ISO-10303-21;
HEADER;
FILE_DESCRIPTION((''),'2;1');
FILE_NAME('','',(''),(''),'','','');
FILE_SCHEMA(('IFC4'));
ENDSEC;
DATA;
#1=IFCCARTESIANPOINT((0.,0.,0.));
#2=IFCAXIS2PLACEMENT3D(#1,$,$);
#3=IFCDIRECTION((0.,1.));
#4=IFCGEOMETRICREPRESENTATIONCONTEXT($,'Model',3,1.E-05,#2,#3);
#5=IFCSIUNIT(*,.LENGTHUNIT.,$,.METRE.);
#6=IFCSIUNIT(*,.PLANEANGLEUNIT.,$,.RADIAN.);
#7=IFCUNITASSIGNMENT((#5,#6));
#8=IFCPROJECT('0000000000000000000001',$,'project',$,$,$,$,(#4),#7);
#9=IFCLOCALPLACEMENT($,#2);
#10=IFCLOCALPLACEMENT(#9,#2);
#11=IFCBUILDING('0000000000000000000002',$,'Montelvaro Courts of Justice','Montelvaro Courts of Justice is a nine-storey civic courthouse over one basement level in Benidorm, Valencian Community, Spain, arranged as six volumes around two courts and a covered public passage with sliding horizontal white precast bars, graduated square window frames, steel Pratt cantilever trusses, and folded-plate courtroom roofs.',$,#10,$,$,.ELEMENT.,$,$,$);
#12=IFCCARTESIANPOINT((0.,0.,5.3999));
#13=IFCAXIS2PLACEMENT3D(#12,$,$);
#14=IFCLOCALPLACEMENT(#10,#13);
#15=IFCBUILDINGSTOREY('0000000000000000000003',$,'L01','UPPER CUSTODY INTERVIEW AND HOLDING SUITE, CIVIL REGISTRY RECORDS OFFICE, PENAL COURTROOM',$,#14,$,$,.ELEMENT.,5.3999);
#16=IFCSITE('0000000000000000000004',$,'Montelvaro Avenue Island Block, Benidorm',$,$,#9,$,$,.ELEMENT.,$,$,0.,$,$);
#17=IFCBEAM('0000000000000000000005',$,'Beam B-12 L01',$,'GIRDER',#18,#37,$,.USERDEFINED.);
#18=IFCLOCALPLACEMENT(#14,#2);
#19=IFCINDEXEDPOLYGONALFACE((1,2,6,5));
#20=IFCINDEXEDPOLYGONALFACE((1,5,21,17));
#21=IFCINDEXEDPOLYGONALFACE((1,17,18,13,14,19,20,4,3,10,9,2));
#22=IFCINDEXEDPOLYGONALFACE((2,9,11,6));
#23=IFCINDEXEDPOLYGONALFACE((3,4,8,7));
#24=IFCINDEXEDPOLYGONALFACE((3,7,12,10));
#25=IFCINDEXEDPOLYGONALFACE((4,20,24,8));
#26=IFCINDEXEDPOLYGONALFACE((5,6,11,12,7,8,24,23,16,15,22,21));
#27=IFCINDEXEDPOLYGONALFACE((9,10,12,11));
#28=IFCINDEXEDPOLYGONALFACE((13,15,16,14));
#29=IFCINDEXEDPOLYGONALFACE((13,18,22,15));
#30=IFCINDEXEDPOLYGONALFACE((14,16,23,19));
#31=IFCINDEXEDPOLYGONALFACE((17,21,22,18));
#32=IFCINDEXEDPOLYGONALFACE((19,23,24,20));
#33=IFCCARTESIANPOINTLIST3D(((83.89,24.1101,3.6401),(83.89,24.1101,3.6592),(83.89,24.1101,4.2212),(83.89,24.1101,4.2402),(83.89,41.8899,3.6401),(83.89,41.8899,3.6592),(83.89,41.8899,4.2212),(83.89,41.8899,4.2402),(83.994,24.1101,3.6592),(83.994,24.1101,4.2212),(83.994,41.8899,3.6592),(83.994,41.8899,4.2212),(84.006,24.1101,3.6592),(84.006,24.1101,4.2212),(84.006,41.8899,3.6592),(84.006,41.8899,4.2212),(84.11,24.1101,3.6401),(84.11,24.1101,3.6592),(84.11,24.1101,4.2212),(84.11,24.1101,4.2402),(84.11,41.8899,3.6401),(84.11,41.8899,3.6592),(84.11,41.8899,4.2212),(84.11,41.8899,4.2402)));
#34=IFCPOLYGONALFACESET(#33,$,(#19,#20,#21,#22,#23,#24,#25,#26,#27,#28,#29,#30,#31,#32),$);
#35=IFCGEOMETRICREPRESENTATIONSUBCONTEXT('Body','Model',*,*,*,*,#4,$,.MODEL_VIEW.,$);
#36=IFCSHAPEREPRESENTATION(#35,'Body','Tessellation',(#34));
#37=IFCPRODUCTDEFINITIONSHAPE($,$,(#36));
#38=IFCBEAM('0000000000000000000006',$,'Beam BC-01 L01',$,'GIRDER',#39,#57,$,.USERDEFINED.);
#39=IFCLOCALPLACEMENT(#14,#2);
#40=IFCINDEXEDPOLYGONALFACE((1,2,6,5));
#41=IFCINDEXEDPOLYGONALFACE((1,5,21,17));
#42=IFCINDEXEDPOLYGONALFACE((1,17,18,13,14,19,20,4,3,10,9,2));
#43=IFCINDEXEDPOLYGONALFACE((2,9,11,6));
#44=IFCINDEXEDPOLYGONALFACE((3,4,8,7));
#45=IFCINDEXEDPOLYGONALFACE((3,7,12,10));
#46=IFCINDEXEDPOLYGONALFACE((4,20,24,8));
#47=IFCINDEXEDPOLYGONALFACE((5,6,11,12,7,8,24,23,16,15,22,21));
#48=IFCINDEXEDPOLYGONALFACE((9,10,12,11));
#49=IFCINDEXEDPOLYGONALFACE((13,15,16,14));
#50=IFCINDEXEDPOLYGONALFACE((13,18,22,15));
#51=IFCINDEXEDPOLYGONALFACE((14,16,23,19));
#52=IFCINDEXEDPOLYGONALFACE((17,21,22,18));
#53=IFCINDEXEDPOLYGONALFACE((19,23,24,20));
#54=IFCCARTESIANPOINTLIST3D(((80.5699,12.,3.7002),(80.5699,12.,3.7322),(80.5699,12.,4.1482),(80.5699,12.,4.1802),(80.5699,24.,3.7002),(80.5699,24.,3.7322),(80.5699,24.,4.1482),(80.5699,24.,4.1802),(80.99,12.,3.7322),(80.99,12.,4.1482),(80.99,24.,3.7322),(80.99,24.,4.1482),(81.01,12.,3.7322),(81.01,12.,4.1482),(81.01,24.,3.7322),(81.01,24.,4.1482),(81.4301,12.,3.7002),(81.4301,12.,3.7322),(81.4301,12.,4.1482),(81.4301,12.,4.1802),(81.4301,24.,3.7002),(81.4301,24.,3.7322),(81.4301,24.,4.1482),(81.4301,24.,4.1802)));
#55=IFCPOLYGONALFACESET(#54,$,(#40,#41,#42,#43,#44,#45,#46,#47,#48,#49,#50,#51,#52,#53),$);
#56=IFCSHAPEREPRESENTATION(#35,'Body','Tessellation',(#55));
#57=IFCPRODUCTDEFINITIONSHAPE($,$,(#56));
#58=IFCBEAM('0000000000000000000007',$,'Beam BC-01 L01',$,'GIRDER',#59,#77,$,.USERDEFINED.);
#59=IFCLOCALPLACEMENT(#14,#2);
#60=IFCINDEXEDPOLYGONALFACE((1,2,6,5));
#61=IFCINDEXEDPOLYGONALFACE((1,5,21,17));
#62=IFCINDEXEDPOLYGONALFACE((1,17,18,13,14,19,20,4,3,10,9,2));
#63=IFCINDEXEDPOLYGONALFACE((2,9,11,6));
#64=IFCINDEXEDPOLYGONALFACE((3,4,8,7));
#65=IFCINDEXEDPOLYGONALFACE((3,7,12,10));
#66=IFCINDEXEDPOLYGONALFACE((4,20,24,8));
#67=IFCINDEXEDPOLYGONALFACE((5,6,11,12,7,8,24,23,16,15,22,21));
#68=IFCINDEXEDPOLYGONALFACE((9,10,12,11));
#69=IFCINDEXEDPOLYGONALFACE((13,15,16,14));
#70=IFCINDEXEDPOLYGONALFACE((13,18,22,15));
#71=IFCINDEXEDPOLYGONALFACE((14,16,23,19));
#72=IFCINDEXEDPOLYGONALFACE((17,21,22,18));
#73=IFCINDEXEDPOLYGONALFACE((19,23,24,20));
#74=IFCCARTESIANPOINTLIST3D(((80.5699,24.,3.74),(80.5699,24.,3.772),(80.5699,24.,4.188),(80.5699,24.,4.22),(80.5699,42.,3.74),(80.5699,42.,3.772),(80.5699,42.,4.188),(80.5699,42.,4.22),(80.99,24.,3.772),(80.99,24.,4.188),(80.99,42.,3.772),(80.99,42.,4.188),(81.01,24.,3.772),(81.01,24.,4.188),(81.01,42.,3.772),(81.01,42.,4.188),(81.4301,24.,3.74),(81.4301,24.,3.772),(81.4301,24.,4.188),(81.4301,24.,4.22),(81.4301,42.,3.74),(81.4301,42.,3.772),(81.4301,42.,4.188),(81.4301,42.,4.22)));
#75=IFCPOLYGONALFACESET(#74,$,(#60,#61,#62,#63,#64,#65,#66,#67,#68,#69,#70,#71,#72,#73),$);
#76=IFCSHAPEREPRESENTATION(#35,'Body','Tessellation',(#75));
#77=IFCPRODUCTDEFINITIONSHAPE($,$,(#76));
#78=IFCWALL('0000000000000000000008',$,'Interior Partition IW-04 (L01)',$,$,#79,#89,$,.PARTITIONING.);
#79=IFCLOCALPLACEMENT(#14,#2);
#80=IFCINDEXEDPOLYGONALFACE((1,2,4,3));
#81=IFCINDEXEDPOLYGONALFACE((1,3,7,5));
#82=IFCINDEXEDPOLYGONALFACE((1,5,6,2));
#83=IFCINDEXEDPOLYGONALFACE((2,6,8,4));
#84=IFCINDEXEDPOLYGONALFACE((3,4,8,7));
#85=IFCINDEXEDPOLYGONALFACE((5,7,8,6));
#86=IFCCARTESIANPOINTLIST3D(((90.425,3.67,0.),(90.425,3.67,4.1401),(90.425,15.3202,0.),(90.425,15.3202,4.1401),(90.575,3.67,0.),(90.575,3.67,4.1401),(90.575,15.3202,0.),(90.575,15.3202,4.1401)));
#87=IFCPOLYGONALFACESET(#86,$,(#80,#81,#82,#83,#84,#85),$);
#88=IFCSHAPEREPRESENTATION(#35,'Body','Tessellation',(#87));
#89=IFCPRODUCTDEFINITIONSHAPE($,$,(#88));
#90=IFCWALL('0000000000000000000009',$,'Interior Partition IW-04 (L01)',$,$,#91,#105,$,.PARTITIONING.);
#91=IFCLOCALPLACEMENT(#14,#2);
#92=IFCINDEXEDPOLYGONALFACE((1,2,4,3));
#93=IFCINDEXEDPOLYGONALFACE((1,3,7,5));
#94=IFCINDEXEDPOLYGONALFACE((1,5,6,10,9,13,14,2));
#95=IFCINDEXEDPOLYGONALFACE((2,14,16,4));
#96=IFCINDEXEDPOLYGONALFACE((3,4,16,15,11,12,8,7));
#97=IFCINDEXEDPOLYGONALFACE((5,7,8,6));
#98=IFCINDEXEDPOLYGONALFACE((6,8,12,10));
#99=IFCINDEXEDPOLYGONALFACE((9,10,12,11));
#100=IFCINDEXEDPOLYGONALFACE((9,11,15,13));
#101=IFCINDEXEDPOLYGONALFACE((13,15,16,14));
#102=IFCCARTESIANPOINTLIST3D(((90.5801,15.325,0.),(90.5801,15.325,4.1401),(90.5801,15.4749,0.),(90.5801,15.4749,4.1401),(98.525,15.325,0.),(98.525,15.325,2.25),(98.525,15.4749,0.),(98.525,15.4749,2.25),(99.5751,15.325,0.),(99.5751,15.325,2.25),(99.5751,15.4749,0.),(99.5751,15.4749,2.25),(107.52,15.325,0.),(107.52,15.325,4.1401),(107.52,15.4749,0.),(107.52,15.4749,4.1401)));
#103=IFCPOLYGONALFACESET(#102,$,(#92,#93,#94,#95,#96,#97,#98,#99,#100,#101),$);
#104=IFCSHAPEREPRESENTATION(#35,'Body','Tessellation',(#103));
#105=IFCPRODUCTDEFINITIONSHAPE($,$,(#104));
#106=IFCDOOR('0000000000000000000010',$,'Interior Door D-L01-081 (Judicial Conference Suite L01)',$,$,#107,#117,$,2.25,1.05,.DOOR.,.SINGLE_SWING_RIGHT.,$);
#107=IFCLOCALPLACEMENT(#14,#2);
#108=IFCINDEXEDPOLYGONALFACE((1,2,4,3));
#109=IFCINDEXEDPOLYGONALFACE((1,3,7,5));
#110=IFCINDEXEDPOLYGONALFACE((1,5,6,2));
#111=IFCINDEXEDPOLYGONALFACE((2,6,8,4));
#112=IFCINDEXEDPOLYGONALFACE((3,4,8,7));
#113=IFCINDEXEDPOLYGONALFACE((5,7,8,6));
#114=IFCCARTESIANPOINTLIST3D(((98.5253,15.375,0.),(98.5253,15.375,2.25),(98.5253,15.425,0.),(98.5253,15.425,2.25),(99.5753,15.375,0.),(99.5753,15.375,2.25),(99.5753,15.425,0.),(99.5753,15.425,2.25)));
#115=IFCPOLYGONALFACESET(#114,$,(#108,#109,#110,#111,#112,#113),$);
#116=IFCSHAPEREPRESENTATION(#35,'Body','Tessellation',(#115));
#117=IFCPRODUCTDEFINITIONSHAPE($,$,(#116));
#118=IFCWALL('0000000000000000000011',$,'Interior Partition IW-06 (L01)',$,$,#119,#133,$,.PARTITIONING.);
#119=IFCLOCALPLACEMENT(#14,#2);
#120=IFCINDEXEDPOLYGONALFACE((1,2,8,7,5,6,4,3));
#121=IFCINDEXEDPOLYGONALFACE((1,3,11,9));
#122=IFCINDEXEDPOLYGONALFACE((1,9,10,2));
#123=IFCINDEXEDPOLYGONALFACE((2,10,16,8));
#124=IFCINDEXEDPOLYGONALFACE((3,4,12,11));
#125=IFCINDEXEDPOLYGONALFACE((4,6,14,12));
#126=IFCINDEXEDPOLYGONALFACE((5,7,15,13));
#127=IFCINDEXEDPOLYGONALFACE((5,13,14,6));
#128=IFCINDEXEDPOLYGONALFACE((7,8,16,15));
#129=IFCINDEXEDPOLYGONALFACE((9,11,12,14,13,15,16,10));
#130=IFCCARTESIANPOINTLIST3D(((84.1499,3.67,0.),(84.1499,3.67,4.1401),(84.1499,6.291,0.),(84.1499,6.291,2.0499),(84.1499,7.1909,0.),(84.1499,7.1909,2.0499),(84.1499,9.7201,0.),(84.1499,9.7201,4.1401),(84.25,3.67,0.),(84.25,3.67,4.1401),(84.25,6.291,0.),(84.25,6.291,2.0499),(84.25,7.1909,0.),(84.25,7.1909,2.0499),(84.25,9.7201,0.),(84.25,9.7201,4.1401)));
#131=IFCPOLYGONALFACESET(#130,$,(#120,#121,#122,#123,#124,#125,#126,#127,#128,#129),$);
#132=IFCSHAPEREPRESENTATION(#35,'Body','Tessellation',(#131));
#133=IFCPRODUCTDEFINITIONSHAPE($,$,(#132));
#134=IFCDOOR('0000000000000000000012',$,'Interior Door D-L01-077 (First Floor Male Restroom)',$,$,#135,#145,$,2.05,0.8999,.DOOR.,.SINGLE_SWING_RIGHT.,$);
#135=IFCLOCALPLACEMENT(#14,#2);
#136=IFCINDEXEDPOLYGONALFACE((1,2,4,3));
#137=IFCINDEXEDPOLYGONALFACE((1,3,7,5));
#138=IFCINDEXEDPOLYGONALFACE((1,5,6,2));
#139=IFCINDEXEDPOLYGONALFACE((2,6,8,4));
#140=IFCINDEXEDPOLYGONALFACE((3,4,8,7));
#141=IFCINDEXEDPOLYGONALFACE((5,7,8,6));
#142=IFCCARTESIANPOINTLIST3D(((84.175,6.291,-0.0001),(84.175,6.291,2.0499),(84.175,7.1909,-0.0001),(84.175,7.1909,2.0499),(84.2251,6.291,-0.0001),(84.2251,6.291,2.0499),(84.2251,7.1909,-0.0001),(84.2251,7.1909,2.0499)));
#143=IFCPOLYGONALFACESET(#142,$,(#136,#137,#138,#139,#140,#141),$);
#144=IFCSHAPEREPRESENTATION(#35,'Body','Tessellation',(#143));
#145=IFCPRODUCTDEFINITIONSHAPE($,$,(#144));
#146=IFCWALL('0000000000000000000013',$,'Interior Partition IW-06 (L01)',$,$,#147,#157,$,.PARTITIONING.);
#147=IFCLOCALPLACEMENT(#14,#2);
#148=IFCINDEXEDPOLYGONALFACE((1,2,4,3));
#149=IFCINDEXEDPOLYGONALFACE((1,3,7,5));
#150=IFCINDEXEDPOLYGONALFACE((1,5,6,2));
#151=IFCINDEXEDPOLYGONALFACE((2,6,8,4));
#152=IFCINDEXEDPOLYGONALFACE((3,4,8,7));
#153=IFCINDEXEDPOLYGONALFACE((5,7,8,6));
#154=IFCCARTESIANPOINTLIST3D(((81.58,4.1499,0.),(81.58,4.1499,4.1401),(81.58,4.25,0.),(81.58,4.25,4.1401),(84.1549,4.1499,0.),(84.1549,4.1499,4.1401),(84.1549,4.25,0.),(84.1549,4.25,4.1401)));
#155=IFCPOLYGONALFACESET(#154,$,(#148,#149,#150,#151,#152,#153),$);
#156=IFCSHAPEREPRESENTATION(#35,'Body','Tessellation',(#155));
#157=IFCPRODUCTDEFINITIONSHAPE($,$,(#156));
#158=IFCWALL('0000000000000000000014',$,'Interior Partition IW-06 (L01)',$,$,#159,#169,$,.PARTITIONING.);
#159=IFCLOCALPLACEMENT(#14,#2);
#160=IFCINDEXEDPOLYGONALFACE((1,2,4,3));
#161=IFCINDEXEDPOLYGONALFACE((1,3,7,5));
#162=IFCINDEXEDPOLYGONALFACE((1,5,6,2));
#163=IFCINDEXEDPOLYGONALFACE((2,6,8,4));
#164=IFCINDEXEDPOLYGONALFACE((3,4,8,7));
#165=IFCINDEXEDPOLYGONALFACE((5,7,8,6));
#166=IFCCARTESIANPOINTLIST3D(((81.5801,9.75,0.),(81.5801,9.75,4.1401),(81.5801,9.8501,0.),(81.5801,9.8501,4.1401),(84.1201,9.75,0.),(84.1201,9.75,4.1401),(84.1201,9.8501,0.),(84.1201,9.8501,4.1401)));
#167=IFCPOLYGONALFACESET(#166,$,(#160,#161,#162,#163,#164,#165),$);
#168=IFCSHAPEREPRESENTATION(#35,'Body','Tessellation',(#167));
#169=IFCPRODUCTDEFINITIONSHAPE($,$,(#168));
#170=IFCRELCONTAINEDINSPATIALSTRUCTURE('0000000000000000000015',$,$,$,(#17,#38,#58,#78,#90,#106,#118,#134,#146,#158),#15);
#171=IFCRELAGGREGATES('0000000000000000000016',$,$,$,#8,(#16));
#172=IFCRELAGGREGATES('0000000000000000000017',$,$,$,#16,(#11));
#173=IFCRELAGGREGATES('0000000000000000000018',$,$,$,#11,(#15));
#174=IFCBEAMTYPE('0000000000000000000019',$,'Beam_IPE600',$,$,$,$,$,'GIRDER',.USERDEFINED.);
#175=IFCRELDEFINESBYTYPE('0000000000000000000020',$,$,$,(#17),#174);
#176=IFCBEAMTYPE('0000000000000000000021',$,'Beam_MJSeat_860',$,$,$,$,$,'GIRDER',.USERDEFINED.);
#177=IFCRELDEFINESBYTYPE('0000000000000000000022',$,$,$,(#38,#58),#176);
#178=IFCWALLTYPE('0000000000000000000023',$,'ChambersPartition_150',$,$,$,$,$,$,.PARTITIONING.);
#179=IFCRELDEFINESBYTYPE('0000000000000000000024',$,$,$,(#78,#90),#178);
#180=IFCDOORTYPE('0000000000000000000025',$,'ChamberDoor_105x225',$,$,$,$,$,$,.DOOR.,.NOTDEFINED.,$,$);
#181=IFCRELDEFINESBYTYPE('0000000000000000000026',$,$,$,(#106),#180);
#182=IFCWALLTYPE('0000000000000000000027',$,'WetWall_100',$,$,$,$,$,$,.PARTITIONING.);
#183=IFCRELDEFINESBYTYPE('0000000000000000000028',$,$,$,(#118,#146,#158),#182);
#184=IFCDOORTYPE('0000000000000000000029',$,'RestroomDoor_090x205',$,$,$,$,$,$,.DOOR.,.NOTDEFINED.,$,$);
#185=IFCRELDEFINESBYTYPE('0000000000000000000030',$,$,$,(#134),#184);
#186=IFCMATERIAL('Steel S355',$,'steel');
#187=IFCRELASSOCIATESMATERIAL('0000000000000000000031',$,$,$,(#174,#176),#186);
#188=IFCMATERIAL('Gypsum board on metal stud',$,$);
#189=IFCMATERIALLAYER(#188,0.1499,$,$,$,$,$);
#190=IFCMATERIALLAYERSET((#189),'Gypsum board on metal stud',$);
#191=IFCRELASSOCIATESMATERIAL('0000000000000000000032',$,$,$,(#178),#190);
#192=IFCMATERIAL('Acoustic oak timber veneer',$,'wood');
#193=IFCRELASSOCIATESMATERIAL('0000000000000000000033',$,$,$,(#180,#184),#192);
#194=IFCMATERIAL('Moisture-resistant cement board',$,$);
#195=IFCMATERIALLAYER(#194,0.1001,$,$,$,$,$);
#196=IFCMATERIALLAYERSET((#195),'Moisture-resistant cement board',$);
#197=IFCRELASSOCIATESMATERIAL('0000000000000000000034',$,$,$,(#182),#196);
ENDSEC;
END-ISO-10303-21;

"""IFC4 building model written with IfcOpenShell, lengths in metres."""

from ifc_helpers import new_model, si_unit, direction, frame, frame_2d, origin, origin_2d, place, context, subcontext, project, spatial, rectangle, i_section, extrude, material, layer, layer_set, material_profile, profile_set, type_object, element, fill, save


model = new_model("IFC4")

# Units and contexts
model_context = context("Model", 3, precision=1e-05, world=origin(), true_north=direction((0.0, 1.0)))
body_context = subcontext(model_context, "Body", "Model", "MODEL_VIEW")
ifc_project = project(units=[si_unit("LENGTHUNIT", "METRE"), si_unit("PLANEANGLEUNIT", "RADIAN")], contexts=[model_context])

# Site, building, storey
site_placement = place(None, origin())
site = spatial("IfcSite", under=ifc_project, at=site_placement, Name="Montelvaro Avenue Island Block, Benidorm", CompositionType="ELEMENT", RefElevation=0.0)
building_placement = place(site_placement, origin())
building = spatial("IfcBuilding", under=site, at=building_placement, Name="Montelvaro Courts of Justice", Description="Montelvaro Courts of Justice is a nine-storey civic courthouse over one basement level in Benidorm, Valencian Community, Spain, arranged as six volumes around two courts and a covered public passage with sliding horizontal white precast bars, graduated square window frames, steel Pratt cantilever trusses, and folded-plate courtroom roofs.", CompositionType="ELEMENT")
storey_placement = place(building_placement, frame((0.0, 0.0, 5.3999)))
storey = spatial("IfcBuildingStorey", under=building, at=storey_placement, Name="L01", Description="UPPER CUSTODY INTERVIEW AND HOLDING SUITE, CIVIL REGISTRY RECORDS OFFICE, PENAL COURTROOM", CompositionType="ELEMENT", Elevation=5.3999)

# Shared definitions
ifc_material_1 = material(Name="Steel S355", Category="steel")

# Beams
ifc_material_profile_1 = material_profile(ifc_material_1, i_section(OverallWidth=0.22, OverallDepth=0.6001, WebThickness=0.012, FlangeThickness=0.019, at=origin_2d()), Name="IPE 600")
ifc_profile_set_1 = profile_set([ifc_material_profile_1], Name="Steel S355")
beam_type_1 = type_object("IfcBeamType", Name="Beam_IPE600", ElementType="GIRDER", PredefinedType="USERDEFINED", material=ifc_profile_set_1)
beam_1_placement = place(storey_placement, frame((84.0, 24.1101, 3.9402), z_axis=(0.0, 1.0, 0.0), x_axis=(-1.0, 0.0, 0.0)))
element("IfcBeam", 1, at=beam_1_placement, inside=storey, type_object=beam_type_1, Name="Beam B-12 L01", ObjectType="GIRDER", PredefinedType="USERDEFINED", context=body_context, shape_type="SweptSolid", body=[
    extrude(i_section(OverallWidth=0.22, OverallDepth=0.6001, WebThickness=0.012, FlangeThickness=0.019, at=origin_2d()), origin(), (0.0, 0.0, 1.0), 17.7798),
])
ifc_material_profile_2 = material_profile(ifc_material_1, i_section(OverallWidth=0.8601, OverallDepth=0.48, WebThickness=0.02, FlangeThickness=0.032, at=origin_2d()), Name="HL 480x860")
ifc_profile_set_2 = profile_set([ifc_material_profile_2], Name="Steel S355")
beam_type_2 = type_object("IfcBeamType", Name="Beam_MJSeat_860", ElementType="GIRDER", PredefinedType="USERDEFINED", material=ifc_profile_set_2)
beam_2_placement = place(storey_placement, frame((81.0, 12.0, 3.9402), z_axis=(0.0, 1.0, 0.0), x_axis=(-1.0, 0.0, 0.0)))
element("IfcBeam", 2, at=beam_2_placement, inside=storey, type_object=beam_type_2, Name="Beam BC-01 L01", ObjectType="GIRDER", PredefinedType="USERDEFINED", context=body_context, shape_type="SweptSolid", body=[
    extrude(i_section(OverallWidth=0.8601, OverallDepth=0.48, WebThickness=0.02, FlangeThickness=0.032, at=origin_2d()), origin(), (0.0, 0.0, 1.0), 12.0),
])
beam_3_placement = place(storey_placement, frame((81.0, 24.0, 3.98), z_axis=(0.0, 1.0, 0.0), x_axis=(-1.0, 0.0, 0.0)))
element("IfcBeam", 3, at=beam_3_placement, inside=storey, type_object=beam_type_2, Name="Beam BC-01 L01", ObjectType="GIRDER", PredefinedType="USERDEFINED", context=body_context, shape_type="SweptSolid", body=[
    extrude(i_section(OverallWidth=0.8601, OverallDepth=0.48, WebThickness=0.02, FlangeThickness=0.032, at=origin_2d()), origin(), (0.0, 0.0, 1.0), 18.0),
])

# Wall
ifc_material_2 = material(Name="Gypsum board on metal stud")
ifc_layer_1 = layer(ifc_material_2, 0.1499)
ifc_layer_set_1 = layer_set([ifc_layer_1], Name="Gypsum board on metal stud")
wall_type_1 = type_object("IfcWallType", Name="ChambersPartition_150", PredefinedType="PARTITIONING", material=ifc_layer_set_1)
wall_1_placement = place(storey_placement, frame((90.5, 3.6699, 0.0), z_axis=(0.0, 0.0, 1.0), x_axis=(0.0, 1.0, 0.0)))
element("IfcWall", 4, at=wall_1_placement, inside=storey, type_object=wall_type_1, Name="Interior Partition IW-04 (L01)", PredefinedType="PARTITIONING", context=body_context, shape_type="SweptSolid", body=[
    extrude(rectangle(XDim=11.6501, YDim=0.1499, at=frame_2d((5.8252, 0.0))), origin(), (0.0, 0.0, 1.0), 4.1401),
])

# Walls, openings, doors
wall_2_placement = place(storey_placement, frame((90.5801, 15.3999, 0.0), z_axis=(0.0, 0.0, 1.0), x_axis=(1.0, 0.0, 0.0)))
wall_2 = element("IfcWall", 5, at=wall_2_placement, inside=storey, type_object=wall_type_1, Name="Interior Partition IW-04 (L01)", PredefinedType="PARTITIONING", context=body_context, shape_type="SweptSolid", body=[
    extrude(rectangle(XDim=16.9399, YDim=0.1499, at=frame_2d((8.47, 0.0))), origin(), (0.0, 0.0, 1.0), 4.1401),
])
opening_1_placement = place(wall_2_placement, frame((7.9451, 0.0, 0.0)))
opening_1 = element("IfcOpeningElement", 6, at=opening_1_placement, cuts=wall_2, PredefinedType="OPENING", context=body_context, shape_type="SweptSolid", body=[
    extrude(rectangle(XDim=1.05, YDim=2.25, at=frame_2d((0.5249, 1.125))), frame((0.0, 0.0898, 0.0), z_axis=(0.0, -1.0, 0.0), x_axis=(1.0, 0.0, 0.0)), (0.0, 0.0, 1.0), 0.1797),
])
ifc_material_3 = material(Name="Acoustic oak timber veneer", Category="wood")
door_type_1 = type_object("IfcDoorType", Name="ChamberDoor_105x225", OperationType="NOTDEFINED", PredefinedType="DOOR", material=ifc_material_3)
door_1_placement = place(opening_1_placement, frame((1.05, 0.0, 0.0), z_axis=(0.0, 0.0, 1.0), x_axis=(-1.0, 0.0, 0.0)))
door_1 = element("IfcDoor", 7, at=door_1_placement, inside=storey, type_object=door_type_1, Name="Interior Door D-L01-081 (Judicial Conference Suite L01)", OperationType="SINGLE_SWING_RIGHT", OverallHeight=2.25, OverallWidth=1.05, PredefinedType="DOOR", context=body_context, shape_type="SweptSolid", body=[
    extrude(rectangle(XDim=1.05, YDim=2.25, at=frame_2d((0.5249, 1.125))), frame((0.0, 0.0249, 0.0), z_axis=(0.0, -1.0, 0.0), x_axis=(1.0, 0.0, 0.0)), (0.0, 0.0, 1.0), 0.05),
])
fill(opening_1, door_1)
ifc_material_4 = material(Name="Moisture-resistant cement board")
ifc_layer_2 = layer(ifc_material_4, 0.1001)
ifc_layer_set_2 = layer_set([ifc_layer_2], Name="Moisture-resistant cement board")
wall_type_2 = type_object("IfcWallType", Name="WetWall_100", PredefinedType="PARTITIONING", material=ifc_layer_set_2)
wall_3_placement = place(storey_placement, frame((84.2, 9.72, 0.0), z_axis=(0.0, 0.0, 1.0), x_axis=(0.0, -1.0, 0.0)))
wall_3 = element("IfcWall", 8, at=wall_3_placement, inside=storey, type_object=wall_type_2, Name="Interior Partition IW-06 (L01)", PredefinedType="PARTITIONING", context=body_context, shape_type="SweptSolid", body=[
    extrude(rectangle(XDim=6.05, YDim=0.1001, at=frame_2d((3.0249, 0.0))), origin(), (0.0, 0.0, 1.0), 4.1401),
])
opening_2_placement = place(wall_3_placement, frame((2.5291, 0.0, 0.0)))
opening_2 = element("IfcOpeningElement", 9, at=opening_2_placement, cuts=wall_3, PredefinedType="OPENING", context=body_context, shape_type="SweptSolid", body=[
    extrude(rectangle(XDim=0.8999, YDim=2.05, at=frame_2d((0.45, 1.0249))), frame((0.0, 0.0649, 0.0), z_axis=(0.0, -1.0, 0.0), x_axis=(1.0, 0.0, 0.0)), (0.0, 0.0, 1.0), 0.1299),
])
door_type_2 = type_object("IfcDoorType", Name="RestroomDoor_090x205", OperationType="NOTDEFINED", PredefinedType="DOOR", material=ifc_material_3)
door_2_placement = place(opening_2_placement, frame((0.8999, 0.0, 0.0), z_axis=(0.0, 0.0, 1.0), x_axis=(-1.0, 0.0, 0.0)))
door_2 = element("IfcDoor", 10, at=door_2_placement, inside=storey, type_object=door_type_2, Name="Interior Door D-L01-077 (First Floor Male Restroom)", OperationType="SINGLE_SWING_RIGHT", OverallHeight=2.05, OverallWidth=0.8999, PredefinedType="DOOR", context=body_context, shape_type="SweptSolid", body=[
    extrude(rectangle(XDim=0.8999, YDim=2.05, at=frame_2d((0.45, 1.0249))), frame((0.0, 0.0249, 0.0), z_axis=(0.0, -1.0, 0.0), x_axis=(1.0, 0.0, 0.0)), (0.0, 0.0, 1.0), 0.05),
])
fill(opening_2, door_2)

# Walls
wall_4_placement = place(storey_placement, frame((84.155, 4.2, 0.0), z_axis=(0.0, 0.0, 1.0), x_axis=(-1.0, 0.0, 0.0)))
element("IfcWall", 11, at=wall_4_placement, inside=storey, type_object=wall_type_2, Name="Interior Partition IW-06 (L01)", PredefinedType="PARTITIONING", context=body_context, shape_type="SweptSolid", body=[
    extrude(rectangle(XDim=2.575, YDim=0.1001, at=frame_2d((1.2876, 0.0))), origin(), (0.0, 0.0, 1.0), 4.1401),
])
wall_5_placement = place(storey_placement, frame((81.5801, 9.8, 0.0), z_axis=(0.0, 0.0, 1.0), x_axis=(1.0, 0.0, 0.0)))
element("IfcWall", 12, at=wall_5_placement, inside=storey, type_object=wall_type_2, Name="Interior Partition IW-06 (L01)", PredefinedType="PARTITIONING", context=body_context, shape_type="SweptSolid", body=[
    extrude(rectangle(XDim=2.54, YDim=0.1001, at=frame_2d((1.27, 0.0))), origin(), (0.0, 0.0, 1.0), 4.1401),
])

save(model, "model.ifc")
